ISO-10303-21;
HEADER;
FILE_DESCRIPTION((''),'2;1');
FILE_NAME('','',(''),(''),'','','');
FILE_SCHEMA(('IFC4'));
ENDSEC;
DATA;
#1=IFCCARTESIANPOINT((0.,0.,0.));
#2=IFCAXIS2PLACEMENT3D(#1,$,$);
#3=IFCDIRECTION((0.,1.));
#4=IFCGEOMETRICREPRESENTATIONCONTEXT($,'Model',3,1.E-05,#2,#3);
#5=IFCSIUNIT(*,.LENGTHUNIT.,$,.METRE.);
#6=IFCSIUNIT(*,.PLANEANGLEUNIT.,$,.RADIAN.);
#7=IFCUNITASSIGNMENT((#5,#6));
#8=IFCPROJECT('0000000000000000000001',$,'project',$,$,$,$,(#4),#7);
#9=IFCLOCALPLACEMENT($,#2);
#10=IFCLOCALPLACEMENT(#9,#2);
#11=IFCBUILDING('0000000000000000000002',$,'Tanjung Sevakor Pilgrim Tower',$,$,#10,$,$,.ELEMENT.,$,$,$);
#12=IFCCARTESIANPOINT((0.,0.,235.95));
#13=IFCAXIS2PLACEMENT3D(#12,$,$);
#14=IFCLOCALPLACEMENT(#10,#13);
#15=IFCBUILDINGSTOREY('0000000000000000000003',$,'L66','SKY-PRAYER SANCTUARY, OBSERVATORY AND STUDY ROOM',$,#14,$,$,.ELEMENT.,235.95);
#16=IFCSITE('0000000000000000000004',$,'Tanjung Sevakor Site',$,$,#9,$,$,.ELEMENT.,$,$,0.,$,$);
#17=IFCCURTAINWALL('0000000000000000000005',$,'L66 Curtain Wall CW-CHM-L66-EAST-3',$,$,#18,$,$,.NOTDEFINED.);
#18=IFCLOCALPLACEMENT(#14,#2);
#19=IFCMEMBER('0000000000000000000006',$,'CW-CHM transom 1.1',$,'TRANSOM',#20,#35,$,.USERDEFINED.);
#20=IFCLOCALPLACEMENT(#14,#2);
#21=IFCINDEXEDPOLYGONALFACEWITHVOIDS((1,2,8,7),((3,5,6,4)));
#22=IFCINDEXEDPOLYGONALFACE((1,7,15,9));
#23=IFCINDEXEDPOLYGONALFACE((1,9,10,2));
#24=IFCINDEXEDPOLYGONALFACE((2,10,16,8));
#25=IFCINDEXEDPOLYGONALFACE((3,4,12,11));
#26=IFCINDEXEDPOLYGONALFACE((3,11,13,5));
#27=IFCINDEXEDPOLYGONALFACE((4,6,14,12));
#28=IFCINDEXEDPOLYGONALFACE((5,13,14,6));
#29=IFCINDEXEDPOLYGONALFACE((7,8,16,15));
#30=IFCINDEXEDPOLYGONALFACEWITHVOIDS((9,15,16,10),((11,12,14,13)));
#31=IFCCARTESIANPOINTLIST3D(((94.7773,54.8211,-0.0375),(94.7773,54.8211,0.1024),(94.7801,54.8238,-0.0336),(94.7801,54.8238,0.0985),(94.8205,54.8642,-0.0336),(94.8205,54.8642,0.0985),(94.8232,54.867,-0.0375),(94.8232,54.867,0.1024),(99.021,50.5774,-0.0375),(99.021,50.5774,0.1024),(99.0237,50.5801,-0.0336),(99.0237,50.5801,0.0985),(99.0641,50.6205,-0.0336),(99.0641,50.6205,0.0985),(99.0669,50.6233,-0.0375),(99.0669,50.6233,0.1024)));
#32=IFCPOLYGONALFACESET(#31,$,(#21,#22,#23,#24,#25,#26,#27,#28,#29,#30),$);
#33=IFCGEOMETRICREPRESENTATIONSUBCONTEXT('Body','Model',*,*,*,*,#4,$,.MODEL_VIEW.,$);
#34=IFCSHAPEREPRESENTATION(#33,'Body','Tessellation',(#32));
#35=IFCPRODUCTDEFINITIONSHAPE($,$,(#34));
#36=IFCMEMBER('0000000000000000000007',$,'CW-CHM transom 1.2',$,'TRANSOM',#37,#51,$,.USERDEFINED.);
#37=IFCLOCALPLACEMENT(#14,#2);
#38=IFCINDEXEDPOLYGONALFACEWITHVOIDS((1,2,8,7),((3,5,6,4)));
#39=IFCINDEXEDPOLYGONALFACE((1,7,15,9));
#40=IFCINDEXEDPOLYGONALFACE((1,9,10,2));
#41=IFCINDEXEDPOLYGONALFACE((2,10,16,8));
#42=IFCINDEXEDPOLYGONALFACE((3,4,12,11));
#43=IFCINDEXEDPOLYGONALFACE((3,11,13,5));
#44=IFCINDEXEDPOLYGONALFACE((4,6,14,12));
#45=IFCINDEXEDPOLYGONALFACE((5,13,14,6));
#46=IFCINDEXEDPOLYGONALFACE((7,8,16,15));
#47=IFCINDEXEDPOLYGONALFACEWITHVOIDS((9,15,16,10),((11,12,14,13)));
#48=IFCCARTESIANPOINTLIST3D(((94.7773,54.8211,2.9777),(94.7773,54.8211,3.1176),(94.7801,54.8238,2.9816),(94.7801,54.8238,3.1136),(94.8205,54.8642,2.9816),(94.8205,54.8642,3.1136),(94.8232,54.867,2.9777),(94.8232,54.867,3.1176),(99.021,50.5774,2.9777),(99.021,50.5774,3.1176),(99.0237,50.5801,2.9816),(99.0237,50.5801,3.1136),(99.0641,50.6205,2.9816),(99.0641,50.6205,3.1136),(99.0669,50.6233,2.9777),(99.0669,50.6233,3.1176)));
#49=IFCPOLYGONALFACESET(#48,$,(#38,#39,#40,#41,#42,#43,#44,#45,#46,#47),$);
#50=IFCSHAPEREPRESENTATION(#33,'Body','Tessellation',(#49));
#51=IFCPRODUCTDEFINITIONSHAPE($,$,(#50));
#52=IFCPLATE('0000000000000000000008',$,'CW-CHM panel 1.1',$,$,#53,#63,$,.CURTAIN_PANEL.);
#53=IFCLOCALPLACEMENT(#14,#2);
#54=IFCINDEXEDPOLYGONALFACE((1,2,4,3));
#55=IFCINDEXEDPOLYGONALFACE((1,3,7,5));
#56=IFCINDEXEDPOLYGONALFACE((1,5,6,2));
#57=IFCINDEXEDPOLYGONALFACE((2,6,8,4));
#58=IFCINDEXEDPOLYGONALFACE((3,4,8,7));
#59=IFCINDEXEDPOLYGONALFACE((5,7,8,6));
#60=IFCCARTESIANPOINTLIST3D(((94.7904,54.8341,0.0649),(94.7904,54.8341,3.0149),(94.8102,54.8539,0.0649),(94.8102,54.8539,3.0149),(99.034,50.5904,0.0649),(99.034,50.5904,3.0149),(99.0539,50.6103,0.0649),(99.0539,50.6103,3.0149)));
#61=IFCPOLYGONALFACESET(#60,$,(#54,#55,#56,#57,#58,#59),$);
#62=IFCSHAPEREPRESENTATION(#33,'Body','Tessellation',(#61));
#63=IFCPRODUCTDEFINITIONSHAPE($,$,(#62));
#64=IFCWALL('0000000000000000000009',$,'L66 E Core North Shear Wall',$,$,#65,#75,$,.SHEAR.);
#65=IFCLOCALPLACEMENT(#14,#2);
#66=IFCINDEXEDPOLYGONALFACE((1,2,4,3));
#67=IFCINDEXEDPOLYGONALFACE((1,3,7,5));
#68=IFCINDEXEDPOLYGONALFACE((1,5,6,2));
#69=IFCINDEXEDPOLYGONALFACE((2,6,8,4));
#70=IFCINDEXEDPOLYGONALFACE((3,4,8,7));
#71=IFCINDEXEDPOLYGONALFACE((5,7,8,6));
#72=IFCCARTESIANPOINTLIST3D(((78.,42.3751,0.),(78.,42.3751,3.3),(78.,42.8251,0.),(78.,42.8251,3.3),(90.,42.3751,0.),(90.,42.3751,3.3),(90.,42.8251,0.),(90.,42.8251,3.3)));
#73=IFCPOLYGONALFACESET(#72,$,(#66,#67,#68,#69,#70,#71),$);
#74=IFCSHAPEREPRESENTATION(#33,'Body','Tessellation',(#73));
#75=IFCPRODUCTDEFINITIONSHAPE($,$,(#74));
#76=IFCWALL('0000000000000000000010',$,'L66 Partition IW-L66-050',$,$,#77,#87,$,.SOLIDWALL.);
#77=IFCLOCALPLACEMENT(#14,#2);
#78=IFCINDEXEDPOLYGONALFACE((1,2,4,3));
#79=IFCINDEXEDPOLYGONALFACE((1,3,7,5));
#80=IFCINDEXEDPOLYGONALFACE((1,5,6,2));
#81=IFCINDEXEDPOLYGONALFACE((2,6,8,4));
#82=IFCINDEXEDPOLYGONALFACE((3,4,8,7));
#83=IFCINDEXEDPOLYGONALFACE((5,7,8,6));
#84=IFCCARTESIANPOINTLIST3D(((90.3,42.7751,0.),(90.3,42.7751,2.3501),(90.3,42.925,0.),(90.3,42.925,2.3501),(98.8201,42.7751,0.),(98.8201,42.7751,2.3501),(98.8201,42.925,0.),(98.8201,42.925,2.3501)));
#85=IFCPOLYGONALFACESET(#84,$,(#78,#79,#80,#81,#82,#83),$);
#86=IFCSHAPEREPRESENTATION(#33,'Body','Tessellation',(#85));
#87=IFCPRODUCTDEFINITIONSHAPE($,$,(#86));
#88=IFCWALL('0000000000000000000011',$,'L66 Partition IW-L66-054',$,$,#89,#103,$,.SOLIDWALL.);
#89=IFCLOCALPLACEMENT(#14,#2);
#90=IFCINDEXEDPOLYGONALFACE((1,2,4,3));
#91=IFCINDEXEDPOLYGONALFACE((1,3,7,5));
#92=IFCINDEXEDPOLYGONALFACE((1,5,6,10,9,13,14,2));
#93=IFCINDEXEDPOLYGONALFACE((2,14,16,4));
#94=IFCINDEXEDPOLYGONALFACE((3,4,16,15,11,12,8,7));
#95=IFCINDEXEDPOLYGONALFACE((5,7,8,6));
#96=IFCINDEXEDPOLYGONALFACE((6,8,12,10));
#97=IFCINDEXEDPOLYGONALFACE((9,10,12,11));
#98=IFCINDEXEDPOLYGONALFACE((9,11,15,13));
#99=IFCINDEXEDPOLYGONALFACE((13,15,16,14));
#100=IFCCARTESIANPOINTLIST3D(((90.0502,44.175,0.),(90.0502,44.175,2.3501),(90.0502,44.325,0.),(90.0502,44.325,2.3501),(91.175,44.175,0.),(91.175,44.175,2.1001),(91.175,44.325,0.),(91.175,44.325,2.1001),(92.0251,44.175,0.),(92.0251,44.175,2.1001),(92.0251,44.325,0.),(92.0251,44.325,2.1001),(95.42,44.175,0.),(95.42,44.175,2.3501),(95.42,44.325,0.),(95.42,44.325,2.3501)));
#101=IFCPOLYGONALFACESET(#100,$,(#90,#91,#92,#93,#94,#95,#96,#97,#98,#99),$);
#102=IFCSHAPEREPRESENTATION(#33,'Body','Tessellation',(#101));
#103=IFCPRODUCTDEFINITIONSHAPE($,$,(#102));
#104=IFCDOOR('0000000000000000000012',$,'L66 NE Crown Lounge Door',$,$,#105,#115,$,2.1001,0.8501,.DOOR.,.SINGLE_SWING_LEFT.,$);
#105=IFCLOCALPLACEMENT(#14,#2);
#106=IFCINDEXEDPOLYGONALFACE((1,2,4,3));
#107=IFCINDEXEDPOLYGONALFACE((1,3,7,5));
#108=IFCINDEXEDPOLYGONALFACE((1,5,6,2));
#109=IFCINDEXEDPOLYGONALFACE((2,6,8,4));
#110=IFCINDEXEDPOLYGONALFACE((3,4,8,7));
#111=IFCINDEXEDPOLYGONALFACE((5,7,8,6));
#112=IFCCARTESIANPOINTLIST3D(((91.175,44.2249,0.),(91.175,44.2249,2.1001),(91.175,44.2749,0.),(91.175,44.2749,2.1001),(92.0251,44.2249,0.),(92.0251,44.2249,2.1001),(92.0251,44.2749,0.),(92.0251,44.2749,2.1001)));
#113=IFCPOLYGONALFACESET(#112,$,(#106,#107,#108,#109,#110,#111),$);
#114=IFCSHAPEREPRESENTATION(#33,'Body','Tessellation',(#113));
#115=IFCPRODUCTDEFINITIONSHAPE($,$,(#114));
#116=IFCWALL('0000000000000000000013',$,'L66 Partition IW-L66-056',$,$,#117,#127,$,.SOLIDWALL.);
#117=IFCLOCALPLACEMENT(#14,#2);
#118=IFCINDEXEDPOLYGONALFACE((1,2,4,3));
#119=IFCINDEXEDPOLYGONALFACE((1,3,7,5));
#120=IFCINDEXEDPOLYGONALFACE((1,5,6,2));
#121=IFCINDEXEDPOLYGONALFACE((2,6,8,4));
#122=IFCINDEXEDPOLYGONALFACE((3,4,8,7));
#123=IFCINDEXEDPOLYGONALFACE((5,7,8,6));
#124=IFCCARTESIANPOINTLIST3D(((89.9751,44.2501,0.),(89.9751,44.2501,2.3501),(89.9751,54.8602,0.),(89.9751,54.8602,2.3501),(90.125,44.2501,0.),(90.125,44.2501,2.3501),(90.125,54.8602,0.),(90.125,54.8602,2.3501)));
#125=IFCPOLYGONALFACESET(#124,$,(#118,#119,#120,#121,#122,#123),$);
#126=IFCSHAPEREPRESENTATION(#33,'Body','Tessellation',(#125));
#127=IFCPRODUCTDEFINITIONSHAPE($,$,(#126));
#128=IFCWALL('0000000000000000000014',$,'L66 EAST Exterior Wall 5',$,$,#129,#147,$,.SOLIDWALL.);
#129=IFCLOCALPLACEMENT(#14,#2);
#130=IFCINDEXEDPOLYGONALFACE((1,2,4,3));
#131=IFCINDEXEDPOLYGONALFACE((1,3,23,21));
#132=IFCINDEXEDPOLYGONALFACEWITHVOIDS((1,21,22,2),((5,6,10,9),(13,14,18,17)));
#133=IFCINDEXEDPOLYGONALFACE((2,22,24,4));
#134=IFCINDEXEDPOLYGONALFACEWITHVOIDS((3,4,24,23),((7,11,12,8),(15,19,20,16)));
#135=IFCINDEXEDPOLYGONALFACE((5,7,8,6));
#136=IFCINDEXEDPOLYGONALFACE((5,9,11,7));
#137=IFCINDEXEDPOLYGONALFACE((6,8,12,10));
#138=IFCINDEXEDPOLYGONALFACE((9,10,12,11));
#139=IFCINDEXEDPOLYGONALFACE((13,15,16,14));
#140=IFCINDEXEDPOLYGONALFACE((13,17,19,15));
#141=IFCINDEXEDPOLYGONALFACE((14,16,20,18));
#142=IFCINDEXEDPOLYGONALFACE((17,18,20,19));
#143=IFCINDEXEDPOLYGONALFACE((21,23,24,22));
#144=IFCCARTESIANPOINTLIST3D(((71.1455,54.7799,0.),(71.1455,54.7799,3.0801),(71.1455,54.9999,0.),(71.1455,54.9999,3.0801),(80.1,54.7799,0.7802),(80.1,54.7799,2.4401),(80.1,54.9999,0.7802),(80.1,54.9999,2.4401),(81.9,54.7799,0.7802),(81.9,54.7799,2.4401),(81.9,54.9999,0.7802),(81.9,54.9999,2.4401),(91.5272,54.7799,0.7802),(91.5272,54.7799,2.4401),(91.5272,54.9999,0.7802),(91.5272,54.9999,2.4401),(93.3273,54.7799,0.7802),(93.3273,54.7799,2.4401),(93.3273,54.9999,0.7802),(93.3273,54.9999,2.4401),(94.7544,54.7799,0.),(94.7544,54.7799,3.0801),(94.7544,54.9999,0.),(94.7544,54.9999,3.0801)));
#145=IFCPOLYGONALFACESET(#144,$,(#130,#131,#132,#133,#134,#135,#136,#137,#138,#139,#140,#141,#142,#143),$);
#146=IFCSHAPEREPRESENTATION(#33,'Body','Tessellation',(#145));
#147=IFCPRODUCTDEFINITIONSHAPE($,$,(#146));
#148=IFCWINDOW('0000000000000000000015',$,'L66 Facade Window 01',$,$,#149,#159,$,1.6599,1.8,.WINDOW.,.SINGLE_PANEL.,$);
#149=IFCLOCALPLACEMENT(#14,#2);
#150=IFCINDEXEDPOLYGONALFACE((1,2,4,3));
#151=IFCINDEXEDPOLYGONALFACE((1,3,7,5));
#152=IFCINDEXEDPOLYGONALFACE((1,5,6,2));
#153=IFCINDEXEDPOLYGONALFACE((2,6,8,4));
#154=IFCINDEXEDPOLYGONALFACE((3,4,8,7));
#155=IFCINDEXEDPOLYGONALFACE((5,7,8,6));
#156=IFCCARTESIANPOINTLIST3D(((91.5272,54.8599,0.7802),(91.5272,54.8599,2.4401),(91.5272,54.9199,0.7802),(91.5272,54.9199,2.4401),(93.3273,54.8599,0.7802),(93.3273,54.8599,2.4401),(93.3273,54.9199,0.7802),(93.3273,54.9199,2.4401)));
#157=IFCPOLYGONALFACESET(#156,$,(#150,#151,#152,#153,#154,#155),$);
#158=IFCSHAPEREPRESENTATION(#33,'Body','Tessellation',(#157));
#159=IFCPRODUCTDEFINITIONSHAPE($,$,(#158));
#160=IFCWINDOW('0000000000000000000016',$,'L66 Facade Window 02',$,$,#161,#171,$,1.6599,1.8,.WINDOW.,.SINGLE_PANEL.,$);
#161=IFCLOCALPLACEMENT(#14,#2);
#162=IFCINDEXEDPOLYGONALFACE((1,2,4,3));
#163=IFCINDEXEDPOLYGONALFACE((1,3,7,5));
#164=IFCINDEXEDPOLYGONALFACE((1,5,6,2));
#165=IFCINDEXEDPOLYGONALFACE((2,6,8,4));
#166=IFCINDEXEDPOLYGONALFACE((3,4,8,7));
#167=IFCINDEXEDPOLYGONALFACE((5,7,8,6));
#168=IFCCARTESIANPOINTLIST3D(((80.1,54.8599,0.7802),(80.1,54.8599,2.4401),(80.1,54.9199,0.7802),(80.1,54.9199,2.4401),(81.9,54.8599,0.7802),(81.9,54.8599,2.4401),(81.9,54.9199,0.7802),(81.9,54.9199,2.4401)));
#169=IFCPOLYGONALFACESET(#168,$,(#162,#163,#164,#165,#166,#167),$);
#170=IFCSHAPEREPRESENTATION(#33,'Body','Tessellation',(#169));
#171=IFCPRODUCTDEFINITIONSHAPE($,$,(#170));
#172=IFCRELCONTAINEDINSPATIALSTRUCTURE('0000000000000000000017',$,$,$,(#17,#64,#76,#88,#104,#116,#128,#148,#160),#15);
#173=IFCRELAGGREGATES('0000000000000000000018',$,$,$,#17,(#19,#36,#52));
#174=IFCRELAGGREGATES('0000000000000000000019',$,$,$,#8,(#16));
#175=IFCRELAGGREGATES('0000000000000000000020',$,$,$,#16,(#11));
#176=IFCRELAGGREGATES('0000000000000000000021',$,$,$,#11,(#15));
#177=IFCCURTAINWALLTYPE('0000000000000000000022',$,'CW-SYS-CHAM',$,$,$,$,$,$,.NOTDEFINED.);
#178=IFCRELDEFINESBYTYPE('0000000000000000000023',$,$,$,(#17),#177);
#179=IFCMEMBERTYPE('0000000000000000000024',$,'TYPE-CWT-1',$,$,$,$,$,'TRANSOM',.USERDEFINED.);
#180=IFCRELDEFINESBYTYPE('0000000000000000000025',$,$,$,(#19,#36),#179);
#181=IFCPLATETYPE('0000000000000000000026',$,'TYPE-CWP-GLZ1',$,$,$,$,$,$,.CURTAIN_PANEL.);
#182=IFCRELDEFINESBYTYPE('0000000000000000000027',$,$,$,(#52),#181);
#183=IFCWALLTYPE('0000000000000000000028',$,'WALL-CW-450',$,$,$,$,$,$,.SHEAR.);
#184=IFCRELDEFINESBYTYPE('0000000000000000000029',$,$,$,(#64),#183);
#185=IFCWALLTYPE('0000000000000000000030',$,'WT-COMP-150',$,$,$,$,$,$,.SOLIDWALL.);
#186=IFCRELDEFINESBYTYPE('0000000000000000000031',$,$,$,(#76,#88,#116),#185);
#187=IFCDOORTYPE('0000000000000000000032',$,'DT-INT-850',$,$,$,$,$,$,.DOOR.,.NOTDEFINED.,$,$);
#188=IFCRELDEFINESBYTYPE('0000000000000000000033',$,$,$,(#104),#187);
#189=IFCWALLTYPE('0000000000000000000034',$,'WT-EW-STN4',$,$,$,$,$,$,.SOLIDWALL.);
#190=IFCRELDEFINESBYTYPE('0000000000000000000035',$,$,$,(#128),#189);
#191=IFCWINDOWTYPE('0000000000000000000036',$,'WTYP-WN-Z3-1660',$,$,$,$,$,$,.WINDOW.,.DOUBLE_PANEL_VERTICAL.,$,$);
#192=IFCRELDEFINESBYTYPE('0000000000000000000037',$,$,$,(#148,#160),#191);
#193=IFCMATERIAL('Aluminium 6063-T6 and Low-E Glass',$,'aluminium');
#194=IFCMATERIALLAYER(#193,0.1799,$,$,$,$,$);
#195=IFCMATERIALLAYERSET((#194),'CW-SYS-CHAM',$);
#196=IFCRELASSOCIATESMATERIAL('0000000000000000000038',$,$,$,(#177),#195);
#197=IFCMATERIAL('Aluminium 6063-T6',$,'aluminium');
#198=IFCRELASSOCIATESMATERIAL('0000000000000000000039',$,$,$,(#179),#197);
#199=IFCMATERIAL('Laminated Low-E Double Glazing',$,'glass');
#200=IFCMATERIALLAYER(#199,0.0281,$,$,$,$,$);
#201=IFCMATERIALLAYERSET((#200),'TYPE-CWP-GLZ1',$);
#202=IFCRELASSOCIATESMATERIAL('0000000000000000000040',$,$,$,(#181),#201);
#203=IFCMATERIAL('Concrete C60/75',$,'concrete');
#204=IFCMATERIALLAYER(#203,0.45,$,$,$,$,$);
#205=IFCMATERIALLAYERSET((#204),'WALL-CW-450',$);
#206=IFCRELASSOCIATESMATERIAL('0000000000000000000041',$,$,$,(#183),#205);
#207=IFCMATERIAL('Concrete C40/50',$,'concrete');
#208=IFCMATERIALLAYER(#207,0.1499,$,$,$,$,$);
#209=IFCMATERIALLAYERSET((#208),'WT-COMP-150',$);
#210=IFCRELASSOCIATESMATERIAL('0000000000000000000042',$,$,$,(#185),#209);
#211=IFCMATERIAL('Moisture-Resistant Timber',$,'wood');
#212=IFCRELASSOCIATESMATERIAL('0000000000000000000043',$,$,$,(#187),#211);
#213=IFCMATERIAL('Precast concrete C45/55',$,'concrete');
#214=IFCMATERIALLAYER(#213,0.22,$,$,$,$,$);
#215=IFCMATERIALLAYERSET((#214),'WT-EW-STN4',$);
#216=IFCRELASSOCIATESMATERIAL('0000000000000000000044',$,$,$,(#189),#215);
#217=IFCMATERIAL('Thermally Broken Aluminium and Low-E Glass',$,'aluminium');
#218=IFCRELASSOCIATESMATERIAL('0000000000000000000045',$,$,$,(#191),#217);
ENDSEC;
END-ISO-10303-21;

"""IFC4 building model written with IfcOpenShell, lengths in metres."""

from ifc_helpers import new_model, si_unit, direction, frame, frame_2d, origin, origin_2d, place, context, subcontext, project, spatial, rectangle, hollow_rectangle, extrude, material, layer, layer_set, material_profile, profile_set, type_object, element, fill, aggregate, save


model = new_model("IFC4")

# Units and contexts
model_context = context("Model", 3, precision=1e-05, world=origin(), true_north=direction((0.0, 1.0)))
body_context = subcontext(model_context, "Body", "Model", "MODEL_VIEW")
ifc_project = project(units=[si_unit("LENGTHUNIT", "METRE"), si_unit("PLANEANGLEUNIT", "RADIAN")], contexts=[model_context])

# Site, building, storey
site_placement = place(None, origin())
site = spatial("IfcSite", under=ifc_project, at=site_placement, Name="Tanjung Sevakor Site", CompositionType="ELEMENT", RefElevation=0.0)
building_placement = place(site_placement, origin())
building = spatial("IfcBuilding", under=site, at=building_placement, Name="Tanjung Sevakor Pilgrim Tower", CompositionType="ELEMENT")
storey_placement = place(building_placement, frame((0.0, 0.0, 235.95)))
storey = spatial("IfcBuildingStorey", under=building, at=storey_placement, Name="L66", Description="SKY-PRAYER SANCTUARY, OBSERVATORY AND STUDY ROOM", CompositionType="ELEMENT", Elevation=235.95)

# Curtain wall, members, plate
ifc_material_1 = material(Name="Aluminium 6063-T6 and Low-E Glass", Category="aluminium")
ifc_layer_1 = layer(ifc_material_1, 0.1799)
ifc_layer_set_1 = layer_set([ifc_layer_1], Name="CW-SYS-CHAM")
curtain_wall_type = type_object("IfcCurtainWallType", Name="CW-SYS-CHAM", PredefinedType="NOTDEFINED", material=ifc_layer_set_1)
curtain_wall_placement = place(storey_placement, origin())
curtain_wall = element("IfcCurtainWall", 1, at=curtain_wall_placement, inside=storey, type_object=curtain_wall_type, Name="L66 Curtain Wall CW-CHM-L66-EAST-3", PredefinedType="NOTDEFINED")
ifc_material_2 = material(Name="Aluminium 6063-T6", Category="aluminium")
ifc_material_profile_1 = material_profile(ifc_material_2, hollow_rectangle(XDim=0.0649, YDim=0.1399, WallThickness=0.0039, at=origin_2d()))
ifc_profile_set_1 = profile_set([ifc_material_profile_1], Name="Aluminium 6063-T6")
member_type_1 = type_object("IfcMemberType", Name="TYPE-CWT-1", ElementType="TRANSOM", PredefinedType="USERDEFINED", material=ifc_profile_set_1)
member_1_placement = place(storey_placement, frame((99.0439, 50.6003, 0.0325), z_axis=(-0.707107, 0.707107, 0.0), x_axis=(-0.707107, -0.707107, 0.0)))
member_1 = element("IfcMember", 2, at=member_1_placement, type_object=member_type_1, Name="CW-CHM transom 1.1", ObjectType="TRANSOM", PredefinedType="USERDEFINED", context=body_context, shape_type="SweptSolid", body=[
    extrude(hollow_rectangle(XDim=0.0649, YDim=0.1399, WallThickness=0.0039, at=origin_2d()), origin(), (0.0, 0.0, 1.0), 6.0015),
])
member_2_placement = place(storey_placement, frame((99.0439, 50.6003, 3.0476), z_axis=(-0.707107, 0.707107, 0.0), x_axis=(-0.707107, -0.707107, 0.0)))
member_2 = element("IfcMember", 3, at=member_2_placement, type_object=member_type_1, Name="CW-CHM transom 1.2", ObjectType="TRANSOM", PredefinedType="USERDEFINED", context=body_context, shape_type="SweptSolid", body=[
    extrude(hollow_rectangle(XDim=0.0649, YDim=0.1399, WallThickness=0.0039, at=origin_2d()), origin(), (0.0, 0.0, 1.0), 6.0015),
])
ifc_material_3 = material(Name="Laminated Low-E Double Glazing", Category="glass")
ifc_layer_2 = layer(ifc_material_3, 0.0281)
ifc_layer_set_2 = layer_set([ifc_layer_2], Name="TYPE-CWP-GLZ1")
plate_type = type_object("IfcPlateType", Name="TYPE-CWP-GLZ1", PredefinedType="CURTAIN_PANEL", material=ifc_layer_set_2)
plate_placement = place(storey_placement, frame((96.9221, 52.7222, 0.0649), z_axis=(0.0, 0.0, 1.0), x_axis=(-0.707107, 0.707107, 0.0)))
plate = element("IfcPlate", 4, at=plate_placement, type_object=plate_type, Name="CW-CHM panel 1.1", PredefinedType="CURTAIN_PANEL", context=body_context, shape_type="SweptSolid", body=[
    extrude(rectangle(XDim=6.0015, YDim=0.0281, at=origin_2d()), origin(), (0.0, 0.0, 1.0), 2.95),
])
aggregate(curtain_wall, [member_1, member_2, plate])

# Walls
ifc_material_4 = material(Name="Concrete C60/75", Category="concrete")
ifc_layer_3 = layer(ifc_material_4, 0.45)
ifc_layer_set_3 = layer_set([ifc_layer_3], Name="WALL-CW-450")
wall_type_1 = type_object("IfcWallType", Name="WALL-CW-450", PredefinedType="SHEAR", material=ifc_layer_set_3)
wall_1_placement = place(storey_placement, frame((90.0, 42.6001, 0.0), z_axis=(0.0, 0.0, 1.0), x_axis=(-1.0, 0.0, 0.0)))
element("IfcWall", 5, at=wall_1_placement, inside=storey, type_object=wall_type_1, Name="L66 E Core North Shear Wall", PredefinedType="SHEAR", context=body_context, shape_type="SweptSolid", body=[
    extrude(rectangle(XDim=12.0, YDim=0.45, at=frame_2d((6.0, 0.0))), origin(), (0.0, 0.0, 1.0), 3.3),
])
ifc_material_5 = material(Name="Concrete C40/50", Category="concrete")
ifc_layer_4 = layer(ifc_material_5, 0.1499)
ifc_layer_set_4 = layer_set([ifc_layer_4], Name="WT-COMP-150")
wall_type_2 = type_object("IfcWallType", Name="WT-COMP-150", PredefinedType="SOLIDWALL", material=ifc_layer_set_4)
wall_2_placement = place(storey_placement, frame((90.3, 42.8501, 0.0), z_axis=(0.0, 0.0, 1.0), x_axis=(1.0, 0.0, 0.0)))
element("IfcWall", 6, at=wall_2_placement, inside=storey, type_object=wall_type_2, Name="L66 Partition IW-L66-050", PredefinedType="SOLIDWALL", context=body_context, shape_type="SweptSolid", body=[
    extrude(rectangle(XDim=8.52, YDim=0.1499, at=frame_2d((4.26, 0.0))), origin(), (0.0, 0.0, 1.0), 2.3501),
])

# Wall, opening, door
wall_3_placement = place(storey_placement, frame((90.05, 44.25, 0.0), z_axis=(0.0, 0.0, 1.0), x_axis=(1.0, 0.0, 0.0)))
wall_3 = element("IfcWall", 7, at=wall_3_placement, inside=storey, type_object=wall_type_2, Name="L66 Partition IW-L66-054", PredefinedType="SOLIDWALL", context=body_context, shape_type="SweptSolid", body=[
    extrude(rectangle(XDim=5.3699, YDim=0.1499, at=frame_2d((2.6851, 0.0))), origin(), (0.0, 0.0, 1.0), 2.3501),
])
opening_1_placement = place(wall_3_placement, frame((1.125, 0.0, 0.0)))
opening_1 = element("IfcOpeningElement", 8, at=opening_1_placement, cuts=wall_3, PredefinedType="OPENING", context=body_context, shape_type="SweptSolid", body=[
    extrude(rectangle(XDim=0.8501, YDim=2.1001, at=frame_2d((0.425, 1.05))), frame((0.0, 0.085, 0.0), z_axis=(0.0, -1.0, 0.0), x_axis=(1.0, 0.0, 0.0)), (0.0, 0.0, 1.0), 0.1699),
])
ifc_material_6 = material(Name="Moisture-Resistant Timber", Category="wood")
door_type = type_object("IfcDoorType", Name="DT-INT-850", OperationType="NOTDEFINED", PredefinedType="DOOR", material=ifc_material_6)
door_placement = place(opening_1_placement, origin())
door = element("IfcDoor", 9, at=door_placement, inside=storey, type_object=door_type, Name="L66 NE Crown Lounge Door", OperationType="SINGLE_SWING_LEFT", OverallHeight=2.1001, OverallWidth=0.8501, PredefinedType="DOOR", context=body_context, shape_type="SweptSolid", body=[
    extrude(rectangle(XDim=0.8501, YDim=2.1001, at=frame_2d((0.425, 1.05))), frame((0.0, 0.0249, 0.0), z_axis=(0.0, -1.0, 0.0), x_axis=(1.0, 0.0, 0.0)), (0.0, 0.0, 1.0), 0.05),
])
fill(opening_1, door)

# Wall
wall_4_placement = place(storey_placement, frame((90.05, 44.25, 0.0), z_axis=(0.0, 0.0, 1.0), x_axis=(0.0, 1.0, 0.0)))
element("IfcWall", 10, at=wall_4_placement, inside=storey, type_object=wall_type_2, Name="L66 Partition IW-L66-056", PredefinedType="SOLIDWALL", context=body_context, shape_type="SweptSolid", body=[
    extrude(rectangle(XDim=10.6101, YDim=0.1499, at=frame_2d((5.3052, 0.0))), origin(), (0.0, 0.0, 1.0), 2.3501),
])

# Wall, openings, windows
ifc_material_7 = material(Name="Precast concrete C45/55", Category="concrete")
ifc_layer_5 = layer(ifc_material_7, 0.22)
ifc_layer_set_5 = layer_set([ifc_layer_5], Name="WT-EW-STN4")
wall_type_3 = type_object("IfcWallType", Name="WT-EW-STN4", PredefinedType="SOLIDWALL", material=ifc_layer_set_5)
wall_5_placement = place(storey_placement, frame((94.7544, 54.8899, 0.0), z_axis=(0.0, 0.0, 1.0), x_axis=(-1.0, 0.0, 0.0)))
wall_5 = element("IfcWall", 11, at=wall_5_placement, inside=storey, type_object=wall_type_3, Name="L66 EAST Exterior Wall 5", PredefinedType="SOLIDWALL", context=body_context, shape_type="SweptSolid", body=[
    extrude(rectangle(XDim=23.6089, YDim=0.22, at=frame_2d((11.8044, 0.0))), origin(), (0.0, 0.0, 1.0), 3.0801),
])
opening_2_placement = place(wall_5_placement, frame((1.4272, 0.0, 0.78)))
opening_2 = element("IfcOpeningElement", 12, at=opening_2_placement, cuts=wall_5, PredefinedType="OPENING", context=body_context, shape_type="SweptSolid", body=[
    extrude(rectangle(XDim=1.8, YDim=1.6599, at=frame_2d((0.8999, 0.8301))), frame((0.0, 0.1199, 0.0), z_axis=(0.0, -1.0, 0.0), x_axis=(1.0, 0.0, 0.0)), (0.0, 0.0, 1.0), 0.24),
])
opening_3_placement = place(wall_5_placement, frame((12.8545, 0.0, 0.78)))
opening_3 = element("IfcOpeningElement", 13, at=opening_3_placement, cuts=wall_5, PredefinedType="OPENING", context=body_context, shape_type="SweptSolid", body=[
    extrude(rectangle(XDim=1.8, YDim=1.6599, at=frame_2d((0.8999, 0.8301))), frame((0.0, 0.1199, 0.0), z_axis=(0.0, -1.0, 0.0), x_axis=(1.0, 0.0, 0.0)), (0.0, 0.0, 1.0), 0.24),
])
ifc_material_8 = material(Name="Thermally Broken Aluminium and Low-E Glass", Category="aluminium")
window_type = type_object("IfcWindowType", Name="WTYP-WN-Z3-1660", PartitioningType="DOUBLE_PANEL_VERTICAL", PredefinedType="WINDOW", material=ifc_material_8)
window_1_placement = place(opening_2_placement, origin())
window_1 = element("IfcWindow", 14, at=window_1_placement, inside=storey, type_object=window_type, Name="L66 Facade Window 01", OverallHeight=1.6599, OverallWidth=1.8, PartitioningType="SINGLE_PANEL", PredefinedType="WINDOW", context=body_context, shape_type="SweptSolid", body=[
    extrude(rectangle(XDim=1.8, YDim=1.6599, at=frame_2d((0.8999, 0.8301))), frame((0.0, 0.03, 0.0), z_axis=(0.0, -1.0, 0.0), x_axis=(1.0, 0.0, 0.0)), (0.0, 0.0, 1.0), 0.0601),
])
fill(opening_2, window_1)
window_2_placement = place(opening_3_placement, origin())
window_2 = element("IfcWindow", 15, at=window_2_placement, inside=storey, type_object=window_type, Name="L66 Facade Window 02", OverallHeight=1.6599, OverallWidth=1.8, PartitioningType="SINGLE_PANEL", PredefinedType="WINDOW", context=body_context, shape_type="SweptSolid", body=[
    extrude(rectangle(XDim=1.8, YDim=1.6599, at=frame_2d((0.8999, 0.8301))), frame((0.0, 0.03, 0.0), z_axis=(0.0, -1.0, 0.0), x_axis=(1.0, 0.0, 0.0)), (0.0, 0.0, 1.0), 0.0601),
])
fill(opening_3, window_2)

save(model, "model.ifc")
